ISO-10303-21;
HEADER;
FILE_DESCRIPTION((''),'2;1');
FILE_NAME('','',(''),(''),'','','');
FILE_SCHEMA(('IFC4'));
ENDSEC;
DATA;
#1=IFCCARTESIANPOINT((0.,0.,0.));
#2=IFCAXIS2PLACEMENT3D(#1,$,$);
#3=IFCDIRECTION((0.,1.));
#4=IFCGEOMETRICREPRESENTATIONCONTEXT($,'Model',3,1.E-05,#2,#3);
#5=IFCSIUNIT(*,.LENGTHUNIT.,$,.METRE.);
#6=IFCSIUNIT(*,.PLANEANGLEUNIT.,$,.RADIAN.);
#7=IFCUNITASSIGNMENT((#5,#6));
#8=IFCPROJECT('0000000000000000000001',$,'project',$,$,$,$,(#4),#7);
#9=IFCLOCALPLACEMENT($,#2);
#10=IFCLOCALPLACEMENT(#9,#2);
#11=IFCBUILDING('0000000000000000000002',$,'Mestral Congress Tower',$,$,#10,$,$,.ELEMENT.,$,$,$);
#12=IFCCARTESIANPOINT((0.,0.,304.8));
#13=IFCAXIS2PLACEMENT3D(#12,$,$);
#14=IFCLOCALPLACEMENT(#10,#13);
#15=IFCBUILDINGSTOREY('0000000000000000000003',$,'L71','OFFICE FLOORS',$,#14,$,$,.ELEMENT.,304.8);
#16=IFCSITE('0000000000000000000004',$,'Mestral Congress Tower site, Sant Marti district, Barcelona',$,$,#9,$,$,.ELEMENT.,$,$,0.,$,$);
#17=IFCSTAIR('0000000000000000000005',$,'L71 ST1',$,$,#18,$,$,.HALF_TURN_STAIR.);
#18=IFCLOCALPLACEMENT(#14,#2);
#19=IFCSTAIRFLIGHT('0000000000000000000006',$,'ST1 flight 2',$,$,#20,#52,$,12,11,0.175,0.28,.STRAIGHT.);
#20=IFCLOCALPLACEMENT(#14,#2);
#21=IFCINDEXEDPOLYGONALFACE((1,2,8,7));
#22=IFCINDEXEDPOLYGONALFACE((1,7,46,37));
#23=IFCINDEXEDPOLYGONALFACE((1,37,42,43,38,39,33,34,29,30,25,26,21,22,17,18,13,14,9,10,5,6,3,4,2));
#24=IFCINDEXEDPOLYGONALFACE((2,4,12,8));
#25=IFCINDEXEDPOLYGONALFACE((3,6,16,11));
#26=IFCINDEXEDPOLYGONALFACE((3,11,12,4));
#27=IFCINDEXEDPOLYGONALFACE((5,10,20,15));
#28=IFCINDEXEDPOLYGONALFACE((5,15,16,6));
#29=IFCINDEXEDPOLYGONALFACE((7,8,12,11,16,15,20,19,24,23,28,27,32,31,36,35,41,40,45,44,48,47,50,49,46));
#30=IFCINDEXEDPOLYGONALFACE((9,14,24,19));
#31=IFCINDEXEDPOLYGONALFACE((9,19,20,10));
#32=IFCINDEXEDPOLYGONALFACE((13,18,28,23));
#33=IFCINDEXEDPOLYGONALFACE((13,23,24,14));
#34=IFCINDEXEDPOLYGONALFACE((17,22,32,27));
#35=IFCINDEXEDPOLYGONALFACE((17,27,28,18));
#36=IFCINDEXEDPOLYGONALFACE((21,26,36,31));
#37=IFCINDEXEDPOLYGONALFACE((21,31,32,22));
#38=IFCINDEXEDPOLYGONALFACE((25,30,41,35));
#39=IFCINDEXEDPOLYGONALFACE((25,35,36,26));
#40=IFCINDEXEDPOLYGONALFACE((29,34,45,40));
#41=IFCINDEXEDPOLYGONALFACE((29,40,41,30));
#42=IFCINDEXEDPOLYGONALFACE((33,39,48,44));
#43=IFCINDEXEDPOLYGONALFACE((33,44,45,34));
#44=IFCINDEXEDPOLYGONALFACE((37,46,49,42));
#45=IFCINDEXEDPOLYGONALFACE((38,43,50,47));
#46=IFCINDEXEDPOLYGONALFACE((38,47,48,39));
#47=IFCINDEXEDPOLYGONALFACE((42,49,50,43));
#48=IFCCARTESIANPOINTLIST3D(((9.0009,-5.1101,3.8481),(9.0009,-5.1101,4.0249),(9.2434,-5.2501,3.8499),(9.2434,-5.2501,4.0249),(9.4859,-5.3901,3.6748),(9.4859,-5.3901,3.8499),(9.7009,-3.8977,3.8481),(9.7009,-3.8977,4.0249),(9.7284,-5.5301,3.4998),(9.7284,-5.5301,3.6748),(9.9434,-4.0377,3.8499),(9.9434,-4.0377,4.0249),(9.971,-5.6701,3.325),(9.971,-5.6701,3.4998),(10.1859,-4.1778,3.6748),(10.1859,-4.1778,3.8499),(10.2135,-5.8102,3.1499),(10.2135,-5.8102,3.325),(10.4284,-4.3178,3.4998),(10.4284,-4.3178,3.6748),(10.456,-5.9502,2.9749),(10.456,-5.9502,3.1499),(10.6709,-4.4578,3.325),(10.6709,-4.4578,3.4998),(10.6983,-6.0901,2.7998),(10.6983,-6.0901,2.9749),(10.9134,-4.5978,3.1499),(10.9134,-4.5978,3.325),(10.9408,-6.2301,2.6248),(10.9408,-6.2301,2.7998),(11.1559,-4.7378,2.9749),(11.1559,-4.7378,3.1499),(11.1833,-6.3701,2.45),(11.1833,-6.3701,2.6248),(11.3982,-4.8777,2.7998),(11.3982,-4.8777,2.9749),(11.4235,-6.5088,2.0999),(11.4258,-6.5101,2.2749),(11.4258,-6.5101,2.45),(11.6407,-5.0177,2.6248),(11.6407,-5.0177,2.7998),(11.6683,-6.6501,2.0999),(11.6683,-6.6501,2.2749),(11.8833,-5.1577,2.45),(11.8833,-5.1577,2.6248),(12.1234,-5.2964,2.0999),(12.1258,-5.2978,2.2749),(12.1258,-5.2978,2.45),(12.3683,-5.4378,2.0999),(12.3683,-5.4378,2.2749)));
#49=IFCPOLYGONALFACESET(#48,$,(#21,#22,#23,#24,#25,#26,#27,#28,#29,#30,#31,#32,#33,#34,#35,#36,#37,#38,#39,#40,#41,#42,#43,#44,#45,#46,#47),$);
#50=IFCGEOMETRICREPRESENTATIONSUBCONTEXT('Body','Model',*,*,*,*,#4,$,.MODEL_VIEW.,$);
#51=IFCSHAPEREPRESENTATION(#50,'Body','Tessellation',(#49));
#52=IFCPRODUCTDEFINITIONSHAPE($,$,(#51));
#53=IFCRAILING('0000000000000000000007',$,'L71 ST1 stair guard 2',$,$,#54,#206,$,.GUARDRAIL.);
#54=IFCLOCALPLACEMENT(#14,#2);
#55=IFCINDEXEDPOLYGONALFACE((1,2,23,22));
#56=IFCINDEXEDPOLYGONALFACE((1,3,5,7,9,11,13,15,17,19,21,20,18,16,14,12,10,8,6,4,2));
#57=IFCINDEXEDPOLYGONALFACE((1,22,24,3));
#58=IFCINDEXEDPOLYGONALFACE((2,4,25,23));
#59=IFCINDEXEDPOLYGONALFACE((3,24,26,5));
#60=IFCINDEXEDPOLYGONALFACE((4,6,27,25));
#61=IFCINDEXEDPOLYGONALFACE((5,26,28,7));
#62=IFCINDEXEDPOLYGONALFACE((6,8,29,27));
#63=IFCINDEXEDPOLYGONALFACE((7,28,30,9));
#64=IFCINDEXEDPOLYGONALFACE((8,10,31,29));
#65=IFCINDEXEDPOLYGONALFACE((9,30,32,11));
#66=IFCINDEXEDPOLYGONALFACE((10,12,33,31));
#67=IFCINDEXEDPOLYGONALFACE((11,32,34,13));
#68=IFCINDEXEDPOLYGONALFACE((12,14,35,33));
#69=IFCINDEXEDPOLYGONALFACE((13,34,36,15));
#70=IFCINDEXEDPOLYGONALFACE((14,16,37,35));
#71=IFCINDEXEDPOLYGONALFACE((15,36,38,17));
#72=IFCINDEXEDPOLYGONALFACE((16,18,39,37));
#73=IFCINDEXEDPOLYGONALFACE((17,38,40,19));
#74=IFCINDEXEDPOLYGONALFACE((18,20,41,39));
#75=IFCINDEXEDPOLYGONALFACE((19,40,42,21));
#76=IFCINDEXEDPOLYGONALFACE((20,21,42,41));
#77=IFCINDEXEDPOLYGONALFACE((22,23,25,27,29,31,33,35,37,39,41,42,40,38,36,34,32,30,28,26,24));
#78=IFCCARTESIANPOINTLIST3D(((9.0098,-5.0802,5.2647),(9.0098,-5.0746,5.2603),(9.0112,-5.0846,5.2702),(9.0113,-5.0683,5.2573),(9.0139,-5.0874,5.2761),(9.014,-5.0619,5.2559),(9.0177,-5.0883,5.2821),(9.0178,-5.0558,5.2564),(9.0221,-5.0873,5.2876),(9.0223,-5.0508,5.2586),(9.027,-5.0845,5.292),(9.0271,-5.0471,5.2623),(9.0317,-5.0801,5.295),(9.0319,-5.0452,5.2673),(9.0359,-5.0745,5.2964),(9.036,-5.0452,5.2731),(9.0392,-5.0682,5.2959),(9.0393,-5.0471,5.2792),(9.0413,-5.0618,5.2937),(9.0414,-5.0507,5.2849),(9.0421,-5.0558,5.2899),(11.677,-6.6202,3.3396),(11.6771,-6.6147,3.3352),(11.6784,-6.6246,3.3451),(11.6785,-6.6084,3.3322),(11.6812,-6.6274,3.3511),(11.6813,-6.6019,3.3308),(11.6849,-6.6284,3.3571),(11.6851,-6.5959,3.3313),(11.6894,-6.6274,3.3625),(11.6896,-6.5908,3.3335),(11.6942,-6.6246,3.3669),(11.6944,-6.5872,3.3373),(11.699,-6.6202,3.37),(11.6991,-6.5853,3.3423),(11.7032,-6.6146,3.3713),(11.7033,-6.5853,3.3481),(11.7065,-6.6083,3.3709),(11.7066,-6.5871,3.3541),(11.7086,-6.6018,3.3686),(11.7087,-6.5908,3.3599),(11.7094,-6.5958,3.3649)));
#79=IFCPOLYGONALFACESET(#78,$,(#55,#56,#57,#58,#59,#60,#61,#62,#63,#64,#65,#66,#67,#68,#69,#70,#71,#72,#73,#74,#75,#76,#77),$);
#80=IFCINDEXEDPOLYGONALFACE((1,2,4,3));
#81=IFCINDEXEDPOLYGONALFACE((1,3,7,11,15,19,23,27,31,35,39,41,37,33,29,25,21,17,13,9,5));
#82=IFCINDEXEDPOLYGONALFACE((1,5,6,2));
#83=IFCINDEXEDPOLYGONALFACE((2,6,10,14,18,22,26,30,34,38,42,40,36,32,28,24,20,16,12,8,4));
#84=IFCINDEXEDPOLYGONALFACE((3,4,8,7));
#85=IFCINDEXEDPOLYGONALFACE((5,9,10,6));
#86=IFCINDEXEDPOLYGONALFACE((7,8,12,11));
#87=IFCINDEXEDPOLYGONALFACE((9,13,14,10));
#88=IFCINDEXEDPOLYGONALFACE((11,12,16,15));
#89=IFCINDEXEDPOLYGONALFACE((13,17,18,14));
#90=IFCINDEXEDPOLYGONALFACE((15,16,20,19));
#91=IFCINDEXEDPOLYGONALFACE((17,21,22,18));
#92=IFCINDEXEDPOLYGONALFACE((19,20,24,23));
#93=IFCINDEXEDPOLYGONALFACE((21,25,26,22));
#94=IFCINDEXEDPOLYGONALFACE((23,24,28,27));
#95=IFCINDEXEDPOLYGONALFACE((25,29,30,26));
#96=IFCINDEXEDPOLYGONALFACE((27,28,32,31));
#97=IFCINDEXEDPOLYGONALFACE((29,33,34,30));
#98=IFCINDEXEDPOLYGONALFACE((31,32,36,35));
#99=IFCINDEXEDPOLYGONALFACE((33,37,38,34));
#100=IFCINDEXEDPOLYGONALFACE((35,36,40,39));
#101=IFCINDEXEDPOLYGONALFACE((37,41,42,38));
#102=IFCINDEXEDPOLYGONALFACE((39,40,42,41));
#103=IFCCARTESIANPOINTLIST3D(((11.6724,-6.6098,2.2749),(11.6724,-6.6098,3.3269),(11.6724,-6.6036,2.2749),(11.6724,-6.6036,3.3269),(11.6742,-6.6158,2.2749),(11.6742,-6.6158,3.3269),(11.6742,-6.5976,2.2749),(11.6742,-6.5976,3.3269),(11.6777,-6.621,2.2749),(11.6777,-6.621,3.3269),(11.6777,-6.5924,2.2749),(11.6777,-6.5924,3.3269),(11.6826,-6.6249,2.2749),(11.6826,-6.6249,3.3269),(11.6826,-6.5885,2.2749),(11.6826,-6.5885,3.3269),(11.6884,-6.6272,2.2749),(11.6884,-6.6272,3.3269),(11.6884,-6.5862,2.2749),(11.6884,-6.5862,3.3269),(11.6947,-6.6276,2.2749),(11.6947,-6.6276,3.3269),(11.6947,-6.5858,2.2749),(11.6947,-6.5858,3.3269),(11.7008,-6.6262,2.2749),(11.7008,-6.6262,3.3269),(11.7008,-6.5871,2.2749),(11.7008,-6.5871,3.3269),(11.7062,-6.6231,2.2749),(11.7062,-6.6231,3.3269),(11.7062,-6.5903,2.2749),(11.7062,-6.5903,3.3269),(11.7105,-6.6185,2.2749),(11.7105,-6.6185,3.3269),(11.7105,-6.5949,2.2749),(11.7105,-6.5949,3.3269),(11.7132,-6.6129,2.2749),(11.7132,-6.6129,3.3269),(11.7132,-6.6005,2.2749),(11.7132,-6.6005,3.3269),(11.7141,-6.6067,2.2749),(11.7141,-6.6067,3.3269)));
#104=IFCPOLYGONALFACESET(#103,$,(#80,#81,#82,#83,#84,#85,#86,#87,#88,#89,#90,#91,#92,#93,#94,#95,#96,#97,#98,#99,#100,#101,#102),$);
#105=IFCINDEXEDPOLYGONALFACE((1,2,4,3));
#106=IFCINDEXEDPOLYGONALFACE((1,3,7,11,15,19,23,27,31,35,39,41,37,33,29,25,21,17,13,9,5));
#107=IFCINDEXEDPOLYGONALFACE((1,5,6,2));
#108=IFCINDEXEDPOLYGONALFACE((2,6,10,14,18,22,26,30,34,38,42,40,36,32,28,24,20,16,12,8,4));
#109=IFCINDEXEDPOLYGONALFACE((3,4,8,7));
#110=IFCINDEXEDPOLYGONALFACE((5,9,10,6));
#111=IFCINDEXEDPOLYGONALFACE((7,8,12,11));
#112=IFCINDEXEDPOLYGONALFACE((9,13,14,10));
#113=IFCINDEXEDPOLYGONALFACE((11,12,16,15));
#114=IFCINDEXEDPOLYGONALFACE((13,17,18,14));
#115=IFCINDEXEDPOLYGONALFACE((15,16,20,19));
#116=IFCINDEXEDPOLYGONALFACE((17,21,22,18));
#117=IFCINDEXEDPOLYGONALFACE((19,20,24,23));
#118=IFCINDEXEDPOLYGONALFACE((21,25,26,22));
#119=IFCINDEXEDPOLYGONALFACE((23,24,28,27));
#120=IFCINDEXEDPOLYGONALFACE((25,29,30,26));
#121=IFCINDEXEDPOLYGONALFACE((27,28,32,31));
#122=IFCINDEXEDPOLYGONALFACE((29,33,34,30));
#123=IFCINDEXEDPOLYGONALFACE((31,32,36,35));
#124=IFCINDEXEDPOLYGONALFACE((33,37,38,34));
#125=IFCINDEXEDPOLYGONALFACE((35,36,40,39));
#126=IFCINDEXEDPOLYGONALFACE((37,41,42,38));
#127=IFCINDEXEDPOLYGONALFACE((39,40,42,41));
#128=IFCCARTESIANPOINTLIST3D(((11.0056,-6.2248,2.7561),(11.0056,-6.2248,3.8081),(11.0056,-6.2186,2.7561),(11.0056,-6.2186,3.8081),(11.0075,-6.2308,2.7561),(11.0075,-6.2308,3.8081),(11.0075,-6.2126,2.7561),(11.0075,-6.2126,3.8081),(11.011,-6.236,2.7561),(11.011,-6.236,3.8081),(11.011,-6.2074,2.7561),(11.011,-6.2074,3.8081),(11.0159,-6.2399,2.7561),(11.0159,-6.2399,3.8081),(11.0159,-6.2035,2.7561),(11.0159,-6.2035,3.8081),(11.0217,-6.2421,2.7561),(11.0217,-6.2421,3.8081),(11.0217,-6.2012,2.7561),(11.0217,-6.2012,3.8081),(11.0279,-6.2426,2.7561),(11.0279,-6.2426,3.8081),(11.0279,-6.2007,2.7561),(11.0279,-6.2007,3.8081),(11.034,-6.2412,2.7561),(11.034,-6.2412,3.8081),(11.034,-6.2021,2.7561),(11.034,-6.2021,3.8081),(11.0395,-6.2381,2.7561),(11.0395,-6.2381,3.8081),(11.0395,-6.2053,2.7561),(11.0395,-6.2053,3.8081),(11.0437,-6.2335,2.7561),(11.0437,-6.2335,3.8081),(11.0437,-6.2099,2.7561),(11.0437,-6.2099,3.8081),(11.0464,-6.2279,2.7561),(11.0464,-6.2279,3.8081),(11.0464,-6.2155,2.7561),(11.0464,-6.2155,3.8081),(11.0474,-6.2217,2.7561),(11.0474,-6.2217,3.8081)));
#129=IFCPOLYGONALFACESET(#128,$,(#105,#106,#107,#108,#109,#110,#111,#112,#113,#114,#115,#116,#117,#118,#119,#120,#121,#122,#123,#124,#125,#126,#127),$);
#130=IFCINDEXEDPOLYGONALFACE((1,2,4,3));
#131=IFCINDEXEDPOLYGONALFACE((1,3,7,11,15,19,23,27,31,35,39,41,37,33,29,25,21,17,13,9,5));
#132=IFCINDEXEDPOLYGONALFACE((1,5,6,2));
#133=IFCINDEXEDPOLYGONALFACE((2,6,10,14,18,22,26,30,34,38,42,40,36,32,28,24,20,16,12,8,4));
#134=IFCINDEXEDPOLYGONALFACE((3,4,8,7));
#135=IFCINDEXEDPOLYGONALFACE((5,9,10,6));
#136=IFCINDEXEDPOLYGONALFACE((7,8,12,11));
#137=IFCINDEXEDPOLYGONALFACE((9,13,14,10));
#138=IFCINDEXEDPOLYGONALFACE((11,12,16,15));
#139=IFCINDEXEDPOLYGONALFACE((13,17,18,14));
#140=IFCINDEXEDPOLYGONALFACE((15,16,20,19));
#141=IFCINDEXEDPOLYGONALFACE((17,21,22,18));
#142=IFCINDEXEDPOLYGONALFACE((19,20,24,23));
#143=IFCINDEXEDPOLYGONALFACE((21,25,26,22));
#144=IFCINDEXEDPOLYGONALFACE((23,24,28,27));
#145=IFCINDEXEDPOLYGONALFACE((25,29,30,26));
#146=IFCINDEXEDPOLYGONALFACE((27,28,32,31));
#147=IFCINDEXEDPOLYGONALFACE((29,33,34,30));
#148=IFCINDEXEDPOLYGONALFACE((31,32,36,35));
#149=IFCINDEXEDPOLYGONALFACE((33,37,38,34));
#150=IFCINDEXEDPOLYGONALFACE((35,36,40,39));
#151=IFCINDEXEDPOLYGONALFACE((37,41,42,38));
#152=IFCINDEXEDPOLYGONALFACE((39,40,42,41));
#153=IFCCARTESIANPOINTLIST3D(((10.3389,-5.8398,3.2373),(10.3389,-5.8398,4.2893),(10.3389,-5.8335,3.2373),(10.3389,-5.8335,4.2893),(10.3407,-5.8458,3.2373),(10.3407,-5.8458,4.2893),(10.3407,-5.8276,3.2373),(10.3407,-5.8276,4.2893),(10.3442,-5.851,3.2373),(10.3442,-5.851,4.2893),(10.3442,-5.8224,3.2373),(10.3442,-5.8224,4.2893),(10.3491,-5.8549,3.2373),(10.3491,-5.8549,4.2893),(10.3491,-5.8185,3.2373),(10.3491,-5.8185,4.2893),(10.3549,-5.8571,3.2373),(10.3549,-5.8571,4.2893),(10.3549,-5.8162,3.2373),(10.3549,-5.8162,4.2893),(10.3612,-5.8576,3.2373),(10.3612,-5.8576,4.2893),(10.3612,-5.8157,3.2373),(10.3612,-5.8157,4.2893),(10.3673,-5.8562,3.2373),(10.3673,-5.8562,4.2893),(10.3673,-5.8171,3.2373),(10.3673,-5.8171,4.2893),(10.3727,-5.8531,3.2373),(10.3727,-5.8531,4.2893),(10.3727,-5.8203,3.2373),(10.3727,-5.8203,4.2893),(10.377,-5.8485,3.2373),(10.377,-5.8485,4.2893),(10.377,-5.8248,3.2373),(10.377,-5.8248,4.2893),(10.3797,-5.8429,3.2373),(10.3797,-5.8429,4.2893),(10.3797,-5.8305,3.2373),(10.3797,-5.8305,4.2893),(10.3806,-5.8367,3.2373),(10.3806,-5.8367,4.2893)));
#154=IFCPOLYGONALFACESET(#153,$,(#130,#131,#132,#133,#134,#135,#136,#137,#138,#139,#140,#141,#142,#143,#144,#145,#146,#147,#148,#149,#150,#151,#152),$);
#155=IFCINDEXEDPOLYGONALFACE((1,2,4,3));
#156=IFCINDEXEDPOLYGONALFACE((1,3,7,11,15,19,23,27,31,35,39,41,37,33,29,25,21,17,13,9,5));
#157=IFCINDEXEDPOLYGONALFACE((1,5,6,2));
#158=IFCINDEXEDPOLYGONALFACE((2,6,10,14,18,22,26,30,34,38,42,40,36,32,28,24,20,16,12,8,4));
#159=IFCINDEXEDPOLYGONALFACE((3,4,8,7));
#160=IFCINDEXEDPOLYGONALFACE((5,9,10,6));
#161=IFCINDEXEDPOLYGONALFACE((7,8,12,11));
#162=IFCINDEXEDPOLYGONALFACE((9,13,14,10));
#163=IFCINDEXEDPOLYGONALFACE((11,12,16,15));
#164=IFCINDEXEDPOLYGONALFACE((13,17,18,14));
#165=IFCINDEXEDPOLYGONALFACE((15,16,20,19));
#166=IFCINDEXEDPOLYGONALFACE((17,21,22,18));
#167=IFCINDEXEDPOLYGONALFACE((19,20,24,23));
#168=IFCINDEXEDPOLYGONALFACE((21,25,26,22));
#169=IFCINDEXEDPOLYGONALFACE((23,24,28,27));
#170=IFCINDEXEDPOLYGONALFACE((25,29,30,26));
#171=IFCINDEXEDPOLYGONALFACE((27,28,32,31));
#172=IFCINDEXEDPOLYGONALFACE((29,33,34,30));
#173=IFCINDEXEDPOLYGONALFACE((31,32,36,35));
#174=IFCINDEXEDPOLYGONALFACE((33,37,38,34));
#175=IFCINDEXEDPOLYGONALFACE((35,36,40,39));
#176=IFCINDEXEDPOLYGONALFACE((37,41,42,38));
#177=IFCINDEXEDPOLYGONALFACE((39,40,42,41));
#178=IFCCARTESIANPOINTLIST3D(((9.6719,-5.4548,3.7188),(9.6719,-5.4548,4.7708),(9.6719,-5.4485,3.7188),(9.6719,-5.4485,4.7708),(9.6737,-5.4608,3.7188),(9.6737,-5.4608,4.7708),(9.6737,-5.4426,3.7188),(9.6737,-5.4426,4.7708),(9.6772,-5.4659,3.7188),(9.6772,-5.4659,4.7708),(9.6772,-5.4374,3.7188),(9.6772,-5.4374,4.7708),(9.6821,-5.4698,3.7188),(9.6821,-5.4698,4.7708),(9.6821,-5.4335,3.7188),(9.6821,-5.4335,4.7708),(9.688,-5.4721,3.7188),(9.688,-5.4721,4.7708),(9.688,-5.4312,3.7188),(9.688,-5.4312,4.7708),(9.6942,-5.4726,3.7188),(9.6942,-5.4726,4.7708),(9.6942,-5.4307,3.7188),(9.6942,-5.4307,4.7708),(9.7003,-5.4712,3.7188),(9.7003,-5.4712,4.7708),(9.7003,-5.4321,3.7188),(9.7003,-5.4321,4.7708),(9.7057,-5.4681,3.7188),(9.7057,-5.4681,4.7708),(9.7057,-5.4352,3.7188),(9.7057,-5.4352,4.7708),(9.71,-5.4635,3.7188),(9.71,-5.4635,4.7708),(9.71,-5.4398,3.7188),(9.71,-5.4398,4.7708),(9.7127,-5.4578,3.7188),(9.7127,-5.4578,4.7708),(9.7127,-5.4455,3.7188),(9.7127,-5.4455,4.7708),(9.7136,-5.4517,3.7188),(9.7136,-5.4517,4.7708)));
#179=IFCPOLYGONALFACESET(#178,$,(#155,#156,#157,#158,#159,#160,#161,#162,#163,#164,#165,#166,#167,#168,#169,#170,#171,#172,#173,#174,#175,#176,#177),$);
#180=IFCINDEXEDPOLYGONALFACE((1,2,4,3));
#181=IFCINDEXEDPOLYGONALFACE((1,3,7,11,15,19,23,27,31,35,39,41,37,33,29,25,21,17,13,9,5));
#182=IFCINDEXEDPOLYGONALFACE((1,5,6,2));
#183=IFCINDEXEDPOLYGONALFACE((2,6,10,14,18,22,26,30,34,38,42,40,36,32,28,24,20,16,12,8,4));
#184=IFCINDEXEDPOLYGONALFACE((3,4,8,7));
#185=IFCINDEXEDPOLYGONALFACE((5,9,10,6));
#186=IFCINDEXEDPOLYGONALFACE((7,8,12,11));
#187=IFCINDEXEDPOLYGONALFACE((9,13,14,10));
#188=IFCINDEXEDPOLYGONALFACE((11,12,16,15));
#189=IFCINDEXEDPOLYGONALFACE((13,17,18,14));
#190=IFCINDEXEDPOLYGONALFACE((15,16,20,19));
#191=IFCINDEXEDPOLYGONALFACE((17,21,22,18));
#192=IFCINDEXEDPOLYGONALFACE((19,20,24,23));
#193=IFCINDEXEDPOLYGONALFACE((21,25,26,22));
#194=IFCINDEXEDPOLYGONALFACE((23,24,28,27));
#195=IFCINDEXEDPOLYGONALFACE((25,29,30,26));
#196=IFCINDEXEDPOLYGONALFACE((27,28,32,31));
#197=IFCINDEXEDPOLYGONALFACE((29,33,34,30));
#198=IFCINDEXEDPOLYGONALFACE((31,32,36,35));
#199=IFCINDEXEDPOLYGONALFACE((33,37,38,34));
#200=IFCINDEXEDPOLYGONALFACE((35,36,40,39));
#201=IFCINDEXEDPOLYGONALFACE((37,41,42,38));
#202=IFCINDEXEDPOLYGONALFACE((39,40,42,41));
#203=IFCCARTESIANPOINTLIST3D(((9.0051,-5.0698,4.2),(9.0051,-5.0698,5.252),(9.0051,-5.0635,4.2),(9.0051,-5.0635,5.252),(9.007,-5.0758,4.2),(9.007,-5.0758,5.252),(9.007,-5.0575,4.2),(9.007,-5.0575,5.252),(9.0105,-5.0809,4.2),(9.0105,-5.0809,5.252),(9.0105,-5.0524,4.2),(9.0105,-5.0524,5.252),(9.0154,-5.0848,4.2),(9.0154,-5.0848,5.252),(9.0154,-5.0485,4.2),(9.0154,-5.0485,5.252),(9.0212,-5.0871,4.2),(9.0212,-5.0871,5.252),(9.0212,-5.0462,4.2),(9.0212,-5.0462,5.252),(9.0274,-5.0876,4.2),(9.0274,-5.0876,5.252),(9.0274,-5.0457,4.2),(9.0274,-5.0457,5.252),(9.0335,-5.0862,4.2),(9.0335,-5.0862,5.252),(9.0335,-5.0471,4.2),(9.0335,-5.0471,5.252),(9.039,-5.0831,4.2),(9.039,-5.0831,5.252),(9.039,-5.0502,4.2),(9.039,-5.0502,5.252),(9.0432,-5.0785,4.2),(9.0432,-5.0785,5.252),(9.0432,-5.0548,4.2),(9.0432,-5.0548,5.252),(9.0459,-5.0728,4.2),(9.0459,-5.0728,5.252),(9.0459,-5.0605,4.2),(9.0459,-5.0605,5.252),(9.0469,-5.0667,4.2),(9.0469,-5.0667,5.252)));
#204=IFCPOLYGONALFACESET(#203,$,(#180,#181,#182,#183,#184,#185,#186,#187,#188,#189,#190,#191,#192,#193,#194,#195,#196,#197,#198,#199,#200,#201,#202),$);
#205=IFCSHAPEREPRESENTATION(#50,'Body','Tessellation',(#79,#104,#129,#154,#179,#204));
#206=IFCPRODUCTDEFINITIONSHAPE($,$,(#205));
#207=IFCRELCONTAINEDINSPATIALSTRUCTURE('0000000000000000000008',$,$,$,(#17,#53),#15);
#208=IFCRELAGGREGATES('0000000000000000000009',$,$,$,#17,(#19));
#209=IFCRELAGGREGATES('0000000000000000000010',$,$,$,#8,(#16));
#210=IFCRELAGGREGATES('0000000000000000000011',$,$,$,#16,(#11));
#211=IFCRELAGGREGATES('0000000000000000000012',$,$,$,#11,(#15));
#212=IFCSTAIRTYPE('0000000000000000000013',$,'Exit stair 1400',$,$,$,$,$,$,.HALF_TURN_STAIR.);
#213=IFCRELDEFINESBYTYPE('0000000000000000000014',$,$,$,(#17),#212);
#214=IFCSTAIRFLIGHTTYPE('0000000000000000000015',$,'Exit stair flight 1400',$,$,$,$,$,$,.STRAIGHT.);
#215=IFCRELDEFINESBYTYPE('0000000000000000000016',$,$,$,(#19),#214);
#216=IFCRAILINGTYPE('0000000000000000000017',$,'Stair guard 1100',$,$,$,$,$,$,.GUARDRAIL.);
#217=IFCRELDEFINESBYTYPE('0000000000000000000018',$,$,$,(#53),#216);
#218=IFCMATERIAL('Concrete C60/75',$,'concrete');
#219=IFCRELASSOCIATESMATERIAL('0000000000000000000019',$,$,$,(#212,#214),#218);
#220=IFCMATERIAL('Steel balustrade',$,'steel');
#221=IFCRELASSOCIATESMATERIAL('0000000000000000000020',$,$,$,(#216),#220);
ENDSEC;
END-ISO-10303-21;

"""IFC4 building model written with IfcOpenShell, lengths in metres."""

from ifc_helpers import new_model, si_unit, direction, frame, origin, origin_2d, place, context, subcontext, project, spatial, polyline, circle, outline, extrude, material, type_object, element, aggregate, save


model = new_model("IFC4")

# Units and contexts
model_context = context("Model", 3, precision=1e-05, world=origin(), true_north=direction((0.0, 1.0)))
body_context = subcontext(model_context, "Body", "Model", "MODEL_VIEW")
ifc_project = project(units=[si_unit("LENGTHUNIT", "METRE"), si_unit("PLANEANGLEUNIT", "RADIAN")], contexts=[model_context])

# Site, building, storey
site_placement = place(None, origin())
site = spatial("IfcSite", under=ifc_project, at=site_placement, Name="Mestral Congress Tower site, Sant Marti district, Barcelona", CompositionType="ELEMENT", RefElevation=0.0)
building_placement = place(site_placement, origin())
building = spatial("IfcBuilding", under=site, at=building_placement, Name="Mestral Congress Tower", CompositionType="ELEMENT")
storey_placement = place(building_placement, frame((0.0, 0.0, 304.8)))
storey = spatial("IfcBuildingStorey", under=building, at=storey_placement, Name="L71", Description="OFFICE FLOORS", CompositionType="ELEMENT", Elevation=304.8)

# Shared definitions
ifc_material_1 = material(Name="Concrete C60/75", Category="concrete")

# Stair, stair flight
stair_type = type_object("IfcStairType", Name="Exit stair 1400", PredefinedType="HALF_TURN_STAIR", material=ifc_material_1)
stair_placement = place(storey_placement, origin())
stair = element("IfcStair", 1, at=stair_placement, inside=storey, type_object=stair_type, Name="L71 ST1", PredefinedType="HALF_TURN_STAIR")
stair_flight_type = type_object("IfcStairFlightType", Name="Exit stair flight 1400", PredefinedType="STRAIGHT", material=ifc_material_1)
stair_flight_placement = place(storey_placement, frame((12.0183, -6.0439, 2.0999), z_axis=(0.0, 0.0, 1.0), x_axis=(-0.866025, 0.5, 0.0)))
stair_flight = element("IfcStairFlight", 2, at=stair_flight_placement, type_object=stair_flight_type, Name="ST1 flight 2", NumberOfRisers=12, NumberOfTreads=11, PredefinedType="STRAIGHT", RiserHeight=0.175, TreadLength=0.28, context=body_context, shape_type="SweptSolid", body=[
    extrude(outline(polyline([(0.0, 0.0), (0.0, 0.175), (0.28, 0.175), (0.28, 0.3501), (0.5601, 0.3501), (0.5601, 0.5249), (0.8401, 0.5249), (0.8401, 0.7), (1.1201, 0.7), (1.1201, 0.875), (1.3999, 0.875), (1.3999, 1.05), (1.6799, 1.05), (1.6799, 1.2251), (1.96, 1.2251), (1.96, 1.3999), (2.24, 1.3999), (2.24, 1.575), (2.52, 1.575), (2.52, 1.75), (2.8, 1.75), (2.8, 1.925), (3.0801, 1.925), (3.0801, 2.1001), (3.0801, 1.7483), (0.2827, 0.0), (0.0, 0.0)])), frame((0.0, 0.7, 0.0), z_axis=(0.0, -1.0, 0.0), x_axis=(1.0, 0.0, 0.0)), (0.0, 0.0, 1.0), 1.3999),
])
aggregate(stair, [stair_flight])

# Railing
ifc_material_2 = material(Name="Steel balustrade", Category="steel")
railing_type = type_object("IfcRailingType", Name="Stair guard 1100", PredefinedType="GUARDRAIL", material=ifc_material_2)
railing_placement = place(storey_placement, frame((11.6931, -6.6067, 2.2749)))
element("IfcRailing", 3, at=railing_placement, inside=storey, type_object=railing_type, Name="L71 ST1 stair guard 2", PredefinedType="GUARDRAIL", context=body_context, shape_type="SweptSolid", body=[
    extrude(circle(Radius=0.0239, at=origin_2d()), frame((0.0, 0.0, 1.0762), z_axis=(-0.734364, 0.424015, 0.530019), x_axis=(-0.500027, -0.86601, 0.0)), (0.0, 0.0, 1.0), 3.6321),
    extrude(circle(Radius=0.021, at=origin_2d()), origin(), (0.0, 0.0, 1.0), 1.052),
    extrude(circle(Radius=0.021, at=origin_2d()), frame((-0.6667, 0.385, 0.4812)), (0.0, 0.0, 1.0), 1.052),
    extrude(circle(Radius=0.021, at=origin_2d()), frame((-1.3335, 0.77, 0.9624)), (0.0, 0.0, 1.0), 1.052),
    extrude(circle(Radius=0.021, at=origin_2d()), frame((-2.0005, 1.155, 1.4438)), (0.0, 0.0, 1.0), 1.052),
    extrude(circle(Radius=0.021, at=origin_2d()), frame((-2.6672, 1.54, 1.925)), (0.0, 0.0, 1.0), 1.052),
])

save(model, "model.ifc")
